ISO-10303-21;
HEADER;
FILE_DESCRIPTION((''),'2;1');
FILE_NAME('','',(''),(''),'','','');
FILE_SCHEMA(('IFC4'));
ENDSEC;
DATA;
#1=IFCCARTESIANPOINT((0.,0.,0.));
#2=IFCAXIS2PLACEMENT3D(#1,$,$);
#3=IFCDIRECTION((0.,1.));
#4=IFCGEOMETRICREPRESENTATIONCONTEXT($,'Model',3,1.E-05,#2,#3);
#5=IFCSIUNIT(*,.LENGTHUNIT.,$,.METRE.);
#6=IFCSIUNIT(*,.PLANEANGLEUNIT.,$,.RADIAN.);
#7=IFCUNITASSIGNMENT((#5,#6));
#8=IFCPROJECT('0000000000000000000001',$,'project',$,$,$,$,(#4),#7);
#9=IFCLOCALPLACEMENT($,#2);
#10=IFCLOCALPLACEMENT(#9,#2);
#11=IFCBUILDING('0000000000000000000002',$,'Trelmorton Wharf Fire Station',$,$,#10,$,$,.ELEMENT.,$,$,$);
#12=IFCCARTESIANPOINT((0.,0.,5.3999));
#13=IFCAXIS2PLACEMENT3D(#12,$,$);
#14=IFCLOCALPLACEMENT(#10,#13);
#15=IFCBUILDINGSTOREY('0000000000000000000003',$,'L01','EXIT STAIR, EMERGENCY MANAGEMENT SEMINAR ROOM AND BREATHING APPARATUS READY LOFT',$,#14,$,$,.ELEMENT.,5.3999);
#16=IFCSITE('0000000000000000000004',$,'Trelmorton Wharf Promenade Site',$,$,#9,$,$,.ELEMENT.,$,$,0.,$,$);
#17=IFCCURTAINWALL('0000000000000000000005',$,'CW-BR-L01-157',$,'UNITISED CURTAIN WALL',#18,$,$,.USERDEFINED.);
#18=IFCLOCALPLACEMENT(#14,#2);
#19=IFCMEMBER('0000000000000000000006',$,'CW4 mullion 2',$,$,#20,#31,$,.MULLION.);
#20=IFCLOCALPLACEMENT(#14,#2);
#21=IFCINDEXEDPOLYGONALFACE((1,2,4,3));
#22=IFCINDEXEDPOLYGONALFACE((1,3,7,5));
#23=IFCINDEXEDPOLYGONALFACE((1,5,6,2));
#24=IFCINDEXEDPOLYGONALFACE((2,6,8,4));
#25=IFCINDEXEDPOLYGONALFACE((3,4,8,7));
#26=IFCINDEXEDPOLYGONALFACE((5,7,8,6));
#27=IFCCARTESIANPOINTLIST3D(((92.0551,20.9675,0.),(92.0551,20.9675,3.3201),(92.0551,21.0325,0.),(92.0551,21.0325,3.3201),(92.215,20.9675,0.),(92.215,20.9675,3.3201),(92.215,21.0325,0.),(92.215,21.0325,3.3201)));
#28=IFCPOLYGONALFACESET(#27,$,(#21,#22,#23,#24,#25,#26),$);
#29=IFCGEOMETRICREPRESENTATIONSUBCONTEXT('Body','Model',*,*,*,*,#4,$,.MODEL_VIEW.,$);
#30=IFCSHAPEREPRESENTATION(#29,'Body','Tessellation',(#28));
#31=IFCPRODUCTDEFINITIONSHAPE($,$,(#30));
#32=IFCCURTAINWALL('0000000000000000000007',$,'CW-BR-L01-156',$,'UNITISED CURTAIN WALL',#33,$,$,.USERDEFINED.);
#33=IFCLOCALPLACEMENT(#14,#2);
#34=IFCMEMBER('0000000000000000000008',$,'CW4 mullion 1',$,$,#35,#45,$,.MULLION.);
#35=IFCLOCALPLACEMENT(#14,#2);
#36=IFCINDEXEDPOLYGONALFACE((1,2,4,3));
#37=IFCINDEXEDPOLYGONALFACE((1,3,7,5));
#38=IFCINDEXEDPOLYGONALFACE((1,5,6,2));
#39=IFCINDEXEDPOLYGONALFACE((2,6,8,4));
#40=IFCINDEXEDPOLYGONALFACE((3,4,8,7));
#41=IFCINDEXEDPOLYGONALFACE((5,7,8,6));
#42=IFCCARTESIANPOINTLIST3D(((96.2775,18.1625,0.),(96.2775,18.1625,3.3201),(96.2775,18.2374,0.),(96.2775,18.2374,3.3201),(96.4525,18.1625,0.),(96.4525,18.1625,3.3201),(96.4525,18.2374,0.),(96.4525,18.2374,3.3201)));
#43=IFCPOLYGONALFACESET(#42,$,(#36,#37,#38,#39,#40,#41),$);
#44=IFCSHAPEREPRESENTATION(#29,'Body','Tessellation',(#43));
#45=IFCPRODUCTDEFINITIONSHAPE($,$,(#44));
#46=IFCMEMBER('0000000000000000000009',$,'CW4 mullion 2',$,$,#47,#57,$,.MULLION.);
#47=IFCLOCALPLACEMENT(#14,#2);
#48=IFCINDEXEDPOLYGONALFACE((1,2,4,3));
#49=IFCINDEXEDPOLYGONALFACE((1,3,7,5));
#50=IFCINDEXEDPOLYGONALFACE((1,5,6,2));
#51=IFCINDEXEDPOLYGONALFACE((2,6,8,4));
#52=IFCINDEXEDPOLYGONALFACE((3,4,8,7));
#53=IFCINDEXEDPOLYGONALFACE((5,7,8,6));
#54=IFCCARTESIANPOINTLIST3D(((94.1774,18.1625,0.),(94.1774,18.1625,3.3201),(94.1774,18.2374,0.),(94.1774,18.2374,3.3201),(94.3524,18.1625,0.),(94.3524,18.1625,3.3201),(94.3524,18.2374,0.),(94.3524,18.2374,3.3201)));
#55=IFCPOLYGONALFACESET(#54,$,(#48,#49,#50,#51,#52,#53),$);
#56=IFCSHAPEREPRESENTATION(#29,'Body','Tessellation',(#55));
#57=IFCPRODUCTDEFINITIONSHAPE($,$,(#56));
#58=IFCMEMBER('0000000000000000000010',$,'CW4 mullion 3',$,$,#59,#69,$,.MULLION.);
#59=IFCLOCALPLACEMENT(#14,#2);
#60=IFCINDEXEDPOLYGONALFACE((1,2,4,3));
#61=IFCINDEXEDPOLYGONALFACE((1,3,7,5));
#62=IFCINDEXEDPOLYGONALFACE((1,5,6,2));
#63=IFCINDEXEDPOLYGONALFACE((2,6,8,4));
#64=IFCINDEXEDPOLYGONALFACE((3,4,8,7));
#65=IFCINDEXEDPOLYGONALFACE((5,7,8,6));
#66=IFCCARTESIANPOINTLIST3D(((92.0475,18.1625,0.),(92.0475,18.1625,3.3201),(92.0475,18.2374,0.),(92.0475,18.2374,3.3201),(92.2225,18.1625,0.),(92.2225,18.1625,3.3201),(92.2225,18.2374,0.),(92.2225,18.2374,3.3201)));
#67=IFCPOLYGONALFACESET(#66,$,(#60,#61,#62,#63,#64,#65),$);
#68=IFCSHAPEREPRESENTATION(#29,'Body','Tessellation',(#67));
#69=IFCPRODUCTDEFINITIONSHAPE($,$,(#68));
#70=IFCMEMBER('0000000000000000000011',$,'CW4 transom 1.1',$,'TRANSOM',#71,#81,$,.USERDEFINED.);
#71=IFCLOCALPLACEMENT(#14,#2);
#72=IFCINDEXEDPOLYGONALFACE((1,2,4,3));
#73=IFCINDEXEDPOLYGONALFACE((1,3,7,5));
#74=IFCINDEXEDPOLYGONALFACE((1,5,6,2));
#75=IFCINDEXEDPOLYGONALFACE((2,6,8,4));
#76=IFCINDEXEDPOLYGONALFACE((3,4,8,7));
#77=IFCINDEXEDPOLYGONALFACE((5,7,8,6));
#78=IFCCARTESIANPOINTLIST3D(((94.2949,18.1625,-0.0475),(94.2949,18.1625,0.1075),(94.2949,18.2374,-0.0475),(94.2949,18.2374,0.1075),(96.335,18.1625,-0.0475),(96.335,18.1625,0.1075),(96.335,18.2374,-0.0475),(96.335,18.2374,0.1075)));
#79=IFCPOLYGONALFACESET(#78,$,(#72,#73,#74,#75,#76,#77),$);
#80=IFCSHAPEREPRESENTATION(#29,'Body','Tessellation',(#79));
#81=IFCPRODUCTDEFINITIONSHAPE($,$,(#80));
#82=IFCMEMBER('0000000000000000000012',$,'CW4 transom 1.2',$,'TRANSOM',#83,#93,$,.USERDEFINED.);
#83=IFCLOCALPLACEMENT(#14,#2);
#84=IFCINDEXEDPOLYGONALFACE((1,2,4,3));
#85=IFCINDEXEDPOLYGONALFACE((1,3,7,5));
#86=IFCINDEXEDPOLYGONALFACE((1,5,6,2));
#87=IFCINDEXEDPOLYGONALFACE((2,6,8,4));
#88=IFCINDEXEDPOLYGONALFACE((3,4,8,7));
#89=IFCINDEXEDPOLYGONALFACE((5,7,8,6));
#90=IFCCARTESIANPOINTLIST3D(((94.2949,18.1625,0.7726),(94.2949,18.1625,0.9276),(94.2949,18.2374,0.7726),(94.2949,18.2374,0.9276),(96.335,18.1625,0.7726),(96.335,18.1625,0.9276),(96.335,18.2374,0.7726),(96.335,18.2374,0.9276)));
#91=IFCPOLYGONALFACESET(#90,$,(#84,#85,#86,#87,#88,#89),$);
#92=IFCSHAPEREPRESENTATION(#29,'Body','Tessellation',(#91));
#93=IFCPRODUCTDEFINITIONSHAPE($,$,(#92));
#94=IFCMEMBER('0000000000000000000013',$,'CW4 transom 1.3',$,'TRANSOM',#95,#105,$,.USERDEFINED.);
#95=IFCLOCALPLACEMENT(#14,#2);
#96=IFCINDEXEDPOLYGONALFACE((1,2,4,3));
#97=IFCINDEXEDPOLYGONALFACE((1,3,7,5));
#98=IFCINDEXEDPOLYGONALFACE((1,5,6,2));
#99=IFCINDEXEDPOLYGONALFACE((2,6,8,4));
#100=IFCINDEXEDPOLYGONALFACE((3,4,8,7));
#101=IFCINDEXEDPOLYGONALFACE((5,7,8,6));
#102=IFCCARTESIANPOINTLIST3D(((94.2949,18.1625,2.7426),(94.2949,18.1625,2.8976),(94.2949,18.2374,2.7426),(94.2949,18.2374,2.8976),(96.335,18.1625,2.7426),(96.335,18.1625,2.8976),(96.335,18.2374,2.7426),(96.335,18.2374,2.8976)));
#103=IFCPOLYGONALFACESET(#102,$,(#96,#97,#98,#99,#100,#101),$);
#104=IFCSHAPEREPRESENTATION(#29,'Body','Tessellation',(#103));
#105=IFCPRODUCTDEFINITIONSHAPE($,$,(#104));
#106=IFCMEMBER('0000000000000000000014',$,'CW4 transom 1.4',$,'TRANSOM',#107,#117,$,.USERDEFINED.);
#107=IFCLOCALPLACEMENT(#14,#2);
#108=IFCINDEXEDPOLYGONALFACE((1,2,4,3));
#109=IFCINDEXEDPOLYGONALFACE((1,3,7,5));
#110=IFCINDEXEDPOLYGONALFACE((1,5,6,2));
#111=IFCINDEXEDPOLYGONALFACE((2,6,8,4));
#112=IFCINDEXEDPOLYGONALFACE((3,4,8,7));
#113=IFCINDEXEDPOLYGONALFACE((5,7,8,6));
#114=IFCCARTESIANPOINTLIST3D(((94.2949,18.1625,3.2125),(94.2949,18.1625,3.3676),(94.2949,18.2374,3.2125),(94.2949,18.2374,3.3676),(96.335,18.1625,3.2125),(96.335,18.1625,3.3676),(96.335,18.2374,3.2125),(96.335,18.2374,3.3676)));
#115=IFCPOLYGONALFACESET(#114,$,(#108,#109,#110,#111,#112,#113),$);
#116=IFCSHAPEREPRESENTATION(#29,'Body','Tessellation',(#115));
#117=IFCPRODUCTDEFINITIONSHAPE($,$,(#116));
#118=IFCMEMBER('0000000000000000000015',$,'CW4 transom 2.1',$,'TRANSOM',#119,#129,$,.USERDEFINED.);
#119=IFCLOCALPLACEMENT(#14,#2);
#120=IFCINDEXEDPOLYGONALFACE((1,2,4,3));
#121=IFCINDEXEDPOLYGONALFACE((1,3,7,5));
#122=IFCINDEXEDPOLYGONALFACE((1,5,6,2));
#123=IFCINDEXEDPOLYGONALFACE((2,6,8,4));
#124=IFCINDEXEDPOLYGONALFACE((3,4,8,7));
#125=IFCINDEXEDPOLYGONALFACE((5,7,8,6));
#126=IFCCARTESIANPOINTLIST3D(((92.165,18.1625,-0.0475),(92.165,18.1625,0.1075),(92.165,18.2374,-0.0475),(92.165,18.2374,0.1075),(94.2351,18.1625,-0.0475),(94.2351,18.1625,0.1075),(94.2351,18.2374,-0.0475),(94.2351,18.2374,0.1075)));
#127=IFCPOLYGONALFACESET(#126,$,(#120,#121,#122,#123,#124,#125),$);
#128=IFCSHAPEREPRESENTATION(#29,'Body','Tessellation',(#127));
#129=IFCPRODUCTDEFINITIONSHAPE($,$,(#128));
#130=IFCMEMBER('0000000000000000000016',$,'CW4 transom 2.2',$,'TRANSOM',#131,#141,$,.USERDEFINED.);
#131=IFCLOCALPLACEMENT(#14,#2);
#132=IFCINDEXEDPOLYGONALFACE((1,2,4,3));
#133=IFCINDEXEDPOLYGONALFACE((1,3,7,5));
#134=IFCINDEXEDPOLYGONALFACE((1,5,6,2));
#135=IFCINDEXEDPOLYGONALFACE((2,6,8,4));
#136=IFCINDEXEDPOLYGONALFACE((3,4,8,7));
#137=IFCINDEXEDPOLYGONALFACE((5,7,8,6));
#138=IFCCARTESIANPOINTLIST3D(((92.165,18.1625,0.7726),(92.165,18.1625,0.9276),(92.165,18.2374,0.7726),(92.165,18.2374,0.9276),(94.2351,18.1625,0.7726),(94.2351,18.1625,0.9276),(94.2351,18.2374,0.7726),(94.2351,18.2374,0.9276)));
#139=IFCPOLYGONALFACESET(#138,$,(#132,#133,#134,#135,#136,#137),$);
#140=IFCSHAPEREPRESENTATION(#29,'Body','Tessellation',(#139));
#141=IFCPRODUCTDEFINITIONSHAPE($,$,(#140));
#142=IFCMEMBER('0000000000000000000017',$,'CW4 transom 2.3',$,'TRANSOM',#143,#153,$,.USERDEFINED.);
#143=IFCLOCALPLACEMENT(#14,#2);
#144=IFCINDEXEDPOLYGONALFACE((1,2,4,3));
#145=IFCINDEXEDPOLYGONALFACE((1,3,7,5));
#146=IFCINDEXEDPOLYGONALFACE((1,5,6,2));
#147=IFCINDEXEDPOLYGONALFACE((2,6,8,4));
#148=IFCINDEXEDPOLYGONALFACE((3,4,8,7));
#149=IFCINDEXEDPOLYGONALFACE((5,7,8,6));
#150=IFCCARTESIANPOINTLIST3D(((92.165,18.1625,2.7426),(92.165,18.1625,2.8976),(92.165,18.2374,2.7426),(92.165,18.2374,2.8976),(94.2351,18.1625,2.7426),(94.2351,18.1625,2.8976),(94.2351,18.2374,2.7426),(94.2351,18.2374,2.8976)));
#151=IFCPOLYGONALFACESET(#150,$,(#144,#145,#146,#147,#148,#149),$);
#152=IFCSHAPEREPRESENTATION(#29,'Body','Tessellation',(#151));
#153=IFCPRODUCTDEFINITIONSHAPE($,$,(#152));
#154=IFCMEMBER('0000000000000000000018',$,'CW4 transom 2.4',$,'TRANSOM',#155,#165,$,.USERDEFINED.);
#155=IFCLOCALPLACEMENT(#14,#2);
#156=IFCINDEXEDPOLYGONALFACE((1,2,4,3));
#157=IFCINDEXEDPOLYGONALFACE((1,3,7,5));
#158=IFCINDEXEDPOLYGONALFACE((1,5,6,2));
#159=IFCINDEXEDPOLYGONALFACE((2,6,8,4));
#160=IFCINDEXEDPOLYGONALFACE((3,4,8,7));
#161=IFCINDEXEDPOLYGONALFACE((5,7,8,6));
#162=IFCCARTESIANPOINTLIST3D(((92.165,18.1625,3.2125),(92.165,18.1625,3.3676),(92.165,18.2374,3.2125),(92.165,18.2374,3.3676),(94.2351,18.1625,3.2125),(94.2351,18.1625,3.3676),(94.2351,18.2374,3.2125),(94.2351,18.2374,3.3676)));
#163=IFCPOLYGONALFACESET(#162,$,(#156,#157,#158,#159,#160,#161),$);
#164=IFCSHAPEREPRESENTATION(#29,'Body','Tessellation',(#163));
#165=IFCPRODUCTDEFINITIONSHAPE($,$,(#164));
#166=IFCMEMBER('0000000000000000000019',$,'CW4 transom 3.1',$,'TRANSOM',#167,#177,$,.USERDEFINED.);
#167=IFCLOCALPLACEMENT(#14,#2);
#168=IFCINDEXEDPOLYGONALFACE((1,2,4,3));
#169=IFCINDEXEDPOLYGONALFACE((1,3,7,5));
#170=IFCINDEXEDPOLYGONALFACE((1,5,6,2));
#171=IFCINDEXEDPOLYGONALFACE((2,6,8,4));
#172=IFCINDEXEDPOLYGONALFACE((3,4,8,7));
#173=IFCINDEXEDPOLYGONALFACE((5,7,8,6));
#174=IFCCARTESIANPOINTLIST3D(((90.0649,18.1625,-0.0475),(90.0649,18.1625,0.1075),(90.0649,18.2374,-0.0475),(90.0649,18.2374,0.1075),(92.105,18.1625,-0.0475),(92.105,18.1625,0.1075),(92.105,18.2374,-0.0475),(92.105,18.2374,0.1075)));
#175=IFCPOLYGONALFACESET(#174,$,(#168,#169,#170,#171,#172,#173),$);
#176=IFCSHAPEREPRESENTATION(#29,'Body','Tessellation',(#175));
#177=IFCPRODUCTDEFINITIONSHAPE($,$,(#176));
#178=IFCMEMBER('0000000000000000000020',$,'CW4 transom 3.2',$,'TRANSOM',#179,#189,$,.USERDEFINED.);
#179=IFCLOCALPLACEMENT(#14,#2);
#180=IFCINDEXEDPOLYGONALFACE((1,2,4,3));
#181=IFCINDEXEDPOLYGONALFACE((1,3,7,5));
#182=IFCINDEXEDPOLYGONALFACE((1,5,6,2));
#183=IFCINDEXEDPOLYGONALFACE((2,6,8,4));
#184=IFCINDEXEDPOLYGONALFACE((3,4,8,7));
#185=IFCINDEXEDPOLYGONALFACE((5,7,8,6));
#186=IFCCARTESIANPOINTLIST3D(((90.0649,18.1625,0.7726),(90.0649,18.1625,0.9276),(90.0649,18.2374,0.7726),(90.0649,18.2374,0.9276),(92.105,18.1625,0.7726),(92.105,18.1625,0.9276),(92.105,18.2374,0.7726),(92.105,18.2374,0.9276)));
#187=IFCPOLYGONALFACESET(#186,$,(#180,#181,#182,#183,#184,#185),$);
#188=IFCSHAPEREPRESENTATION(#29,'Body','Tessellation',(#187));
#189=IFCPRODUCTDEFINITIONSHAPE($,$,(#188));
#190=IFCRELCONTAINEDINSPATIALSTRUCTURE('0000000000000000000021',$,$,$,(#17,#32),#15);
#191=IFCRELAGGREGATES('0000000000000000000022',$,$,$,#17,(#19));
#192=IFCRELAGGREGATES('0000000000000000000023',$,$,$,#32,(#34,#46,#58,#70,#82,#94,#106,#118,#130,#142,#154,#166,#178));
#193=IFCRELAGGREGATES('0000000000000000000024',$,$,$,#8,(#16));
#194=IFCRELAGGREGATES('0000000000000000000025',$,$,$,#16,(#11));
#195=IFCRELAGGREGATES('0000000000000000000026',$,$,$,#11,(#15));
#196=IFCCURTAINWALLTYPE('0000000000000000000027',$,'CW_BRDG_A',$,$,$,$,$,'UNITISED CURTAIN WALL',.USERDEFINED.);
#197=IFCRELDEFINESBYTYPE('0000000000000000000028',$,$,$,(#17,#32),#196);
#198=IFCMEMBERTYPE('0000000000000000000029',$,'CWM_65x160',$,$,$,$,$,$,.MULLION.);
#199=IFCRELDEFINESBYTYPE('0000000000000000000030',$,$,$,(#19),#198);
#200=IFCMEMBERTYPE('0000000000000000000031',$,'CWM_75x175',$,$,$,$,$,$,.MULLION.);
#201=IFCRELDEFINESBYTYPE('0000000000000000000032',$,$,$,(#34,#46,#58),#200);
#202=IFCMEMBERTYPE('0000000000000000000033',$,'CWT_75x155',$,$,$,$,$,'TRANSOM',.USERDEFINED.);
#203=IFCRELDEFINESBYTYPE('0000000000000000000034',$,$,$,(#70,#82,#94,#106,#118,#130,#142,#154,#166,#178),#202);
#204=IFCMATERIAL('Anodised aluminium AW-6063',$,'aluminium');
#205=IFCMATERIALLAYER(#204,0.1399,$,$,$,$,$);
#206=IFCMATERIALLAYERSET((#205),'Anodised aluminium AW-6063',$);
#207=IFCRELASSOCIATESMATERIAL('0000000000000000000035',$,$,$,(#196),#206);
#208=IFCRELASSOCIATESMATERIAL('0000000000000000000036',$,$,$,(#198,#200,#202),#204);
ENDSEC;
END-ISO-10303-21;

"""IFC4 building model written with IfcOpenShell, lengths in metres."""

from ifc_helpers import new_model, si_unit, direction, frame, origin, origin_2d, place, context, subcontext, project, spatial, rectangle, extrude, material, layer, layer_set, material_profile, profile_set, type_object, element, aggregate, save


model = new_model("IFC4")

# Units and contexts
model_context = context("Model", 3, precision=1e-05, world=origin(), true_north=direction((0.0, 1.0)))
body_context = subcontext(model_context, "Body", "Model", "MODEL_VIEW")
ifc_project = project(units=[si_unit("LENGTHUNIT", "METRE"), si_unit("PLANEANGLEUNIT", "RADIAN")], contexts=[model_context])

# Site, building, storey
site_placement = place(None, origin())
site = spatial("IfcSite", under=ifc_project, at=site_placement, Name="Trelmorton Wharf Promenade Site", CompositionType="ELEMENT", RefElevation=0.0)
building_placement = place(site_placement, origin())
building = spatial("IfcBuilding", under=site, at=building_placement, Name="Trelmorton Wharf Fire Station", CompositionType="ELEMENT")
storey_placement = place(building_placement, frame((0.0, 0.0, 5.3999)))
storey = spatial("IfcBuildingStorey", under=building, at=storey_placement, Name="L01", Description="EXIT STAIR, EMERGENCY MANAGEMENT SEMINAR ROOM AND BREATHING APPARATUS READY LOFT", CompositionType="ELEMENT", Elevation=5.3999)

# Curtain wall, member
ifc_material_1 = material(Name="Anodised aluminium AW-6063", Category="aluminium")
ifc_layer_1 = layer(ifc_material_1, 0.1399)
ifc_layer_set_1 = layer_set([ifc_layer_1], Name="Anodised aluminium AW-6063")
curtain_wall_type = type_object("IfcCurtainWallType", Name="CW_BRDG_A", ElementType="UNITISED CURTAIN WALL", PredefinedType="USERDEFINED", material=ifc_layer_set_1)
curtain_wall_1_placement = place(storey_placement, origin())
curtain_wall_1 = element("IfcCurtainWall", 1, at=curtain_wall_1_placement, inside=storey, type_object=curtain_wall_type, Name="CW-BR-L01-157", ObjectType="UNITISED CURTAIN WALL", PredefinedType="USERDEFINED")
ifc_material_profile_1 = material_profile(ifc_material_1, rectangle(XDim=0.0649, YDim=0.1599, at=origin_2d()), Name="ALU-65x160")
ifc_profile_set_1 = profile_set([ifc_material_profile_1], Name="Anodised aluminium AW-6063")
member_type_1 = type_object("IfcMemberType", Name="CWM_65x160", PredefinedType="MULLION", material=ifc_profile_set_1)
member_1_placement = place(storey_placement, frame((92.135, 21.0, 0.0), z_axis=(0.0, 0.0, 1.0), x_axis=(0.0, 1.0, 0.0)))
member_1 = element("IfcMember", 2, at=member_1_placement, type_object=member_type_1, Name="CW4 mullion 2", PredefinedType="MULLION", context=body_context, shape_type="SweptSolid", body=[
    extrude(rectangle(XDim=0.0649, YDim=0.1599, at=origin_2d()), origin(), (0.0, 0.0, 1.0), 3.3201),
])

# Curtain wall, members
curtain_wall_2_placement = place(storey_placement, origin())
curtain_wall_2 = element("IfcCurtainWall", 3, at=curtain_wall_2_placement, inside=storey, type_object=curtain_wall_type, Name="CW-BR-L01-156", ObjectType="UNITISED CURTAIN WALL", PredefinedType="USERDEFINED")
ifc_material_profile_2 = material_profile(ifc_material_1, rectangle(XDim=0.075, YDim=0.175, at=origin_2d()), Name="ALU-75x175")
ifc_profile_set_2 = profile_set([ifc_material_profile_2], Name="Anodised aluminium AW-6063")
member_type_2 = type_object("IfcMemberType", Name="CWM_75x175", PredefinedType="MULLION", material=ifc_profile_set_2)
member_2_placement = place(storey_placement, frame((96.365, 18.2, 0.0), z_axis=(0.0, 0.0, 1.0), x_axis=(0.0, -1.0, 0.0)))
member_2 = element("IfcMember", 4, at=member_2_placement, type_object=member_type_2, Name="CW4 mullion 1", PredefinedType="MULLION", context=body_context, shape_type="SweptSolid", body=[
    extrude(rectangle(XDim=0.075, YDim=0.175, at=origin_2d()), origin(), (0.0, 0.0, 1.0), 3.3201),
])
member_3_placement = place(storey_placement, frame((94.2649, 18.2, 0.0), z_axis=(0.0, 0.0, 1.0), x_axis=(0.0, -1.0, 0.0)))
member_3 = element("IfcMember", 5, at=member_3_placement, type_object=member_type_2, Name="CW4 mullion 2", PredefinedType="MULLION", context=body_context, shape_type="SweptSolid", body=[
    extrude(rectangle(XDim=0.075, YDim=0.175, at=origin_2d()), origin(), (0.0, 0.0, 1.0), 3.3201),
])
member_4_placement = place(storey_placement, frame((92.135, 18.2, 0.0), z_axis=(0.0, 0.0, 1.0), x_axis=(0.0, -1.0, 0.0)))
member_4 = element("IfcMember", 6, at=member_4_placement, type_object=member_type_2, Name="CW4 mullion 3", PredefinedType="MULLION", context=body_context, shape_type="SweptSolid", body=[
    extrude(rectangle(XDim=0.075, YDim=0.175, at=origin_2d()), origin(), (0.0, 0.0, 1.0), 3.3201),
])
ifc_material_profile_3 = material_profile(ifc_material_1, rectangle(XDim=0.075, YDim=0.155, at=origin_2d()), Name="ALU-75x155")
ifc_profile_set_3 = profile_set([ifc_material_profile_3], Name="Anodised aluminium AW-6063")
member_type_3 = type_object("IfcMemberType", Name="CWT_75x155", ElementType="TRANSOM", PredefinedType="USERDEFINED", material=ifc_profile_set_3)
member_5_placement = place(storey_placement, frame((96.335, 18.2, 0.03), z_axis=(-1.0, 0.0, 0.0), x_axis=(0.0, -1.0, 0.0)))
member_5 = element("IfcMember", 7, at=member_5_placement, type_object=member_type_3, Name="CW4 transom 1.1", ObjectType="TRANSOM", PredefinedType="USERDEFINED", context=body_context, shape_type="SweptSolid", body=[
    extrude(rectangle(XDim=0.075, YDim=0.155, at=origin_2d()), origin(), (0.0, 0.0, 1.0), 2.04),
])
member_6_placement = place(storey_placement, frame((96.335, 18.2, 0.8501), z_axis=(-1.0, 0.0, 0.0), x_axis=(0.0, -1.0, 0.0)))
member_6 = element("IfcMember", 8, at=member_6_placement, type_object=member_type_3, Name="CW4 transom 1.2", ObjectType="TRANSOM", PredefinedType="USERDEFINED", context=body_context, shape_type="SweptSolid", body=[
    extrude(rectangle(XDim=0.075, YDim=0.155, at=origin_2d()), origin(), (0.0, 0.0, 1.0), 2.04),
])
member_7_placement = place(storey_placement, frame((96.335, 18.2, 2.8201), z_axis=(-1.0, 0.0, 0.0), x_axis=(0.0, -1.0, 0.0)))
member_7 = element("IfcMember", 9, at=member_7_placement, type_object=member_type_3, Name="CW4 transom 1.3", ObjectType="TRANSOM", PredefinedType="USERDEFINED", context=body_context, shape_type="SweptSolid", body=[
    extrude(rectangle(XDim=0.075, YDim=0.155, at=origin_2d()), origin(), (0.0, 0.0, 1.0), 2.04),
])
member_8_placement = place(storey_placement, frame((96.335, 18.2, 3.29), z_axis=(-1.0, 0.0, 0.0), x_axis=(0.0, -1.0, 0.0)))
member_8 = element("IfcMember", 10, at=member_8_placement, type_object=member_type_3, Name="CW4 transom 1.4", ObjectType="TRANSOM", PredefinedType="USERDEFINED", context=body_context, shape_type="SweptSolid", body=[
    extrude(rectangle(XDim=0.075, YDim=0.155, at=origin_2d()), origin(), (0.0, 0.0, 1.0), 2.04),
])
member_9_placement = place(storey_placement, frame((94.2351, 18.2, 0.03), z_axis=(-1.0, 0.0, 0.0), x_axis=(0.0, -1.0, 0.0)))
member_9 = element("IfcMember", 11, at=member_9_placement, type_object=member_type_3, Name="CW4 transom 2.1", ObjectType="TRANSOM", PredefinedType="USERDEFINED", context=body_context, shape_type="SweptSolid", body=[
    extrude(rectangle(XDim=0.075, YDim=0.155, at=origin_2d()), origin(), (0.0, 0.0, 1.0), 2.0701),
])
member_10_placement = place(storey_placement, frame((94.2351, 18.2, 0.8501), z_axis=(-1.0, 0.0, 0.0), x_axis=(0.0, -1.0, 0.0)))
member_10 = element("IfcMember", 12, at=member_10_placement, type_object=member_type_3, Name="CW4 transom 2.2", ObjectType="TRANSOM", PredefinedType="USERDEFINED", context=body_context, shape_type="SweptSolid", body=[
    extrude(rectangle(XDim=0.075, YDim=0.155, at=origin_2d()), origin(), (0.0, 0.0, 1.0), 2.0701),
])
member_11_placement = place(storey_placement, frame((94.2351, 18.2, 2.8201), z_axis=(-1.0, 0.0, 0.0), x_axis=(0.0, -1.0, 0.0)))
member_11 = element("IfcMember", 13, at=member_11_placement, type_object=member_type_3, Name="CW4 transom 2.3", ObjectType="TRANSOM", PredefinedType="USERDEFINED", context=body_context, shape_type="SweptSolid", body=[
    extrude(rectangle(XDim=0.075, YDim=0.155, at=origin_2d()), origin(), (0.0, 0.0, 1.0), 2.0701),
])
member_12_placement = place(storey_placement, frame((94.2351, 18.2, 3.29), z_axis=(-1.0, 0.0, 0.0), x_axis=(0.0, -1.0, 0.0)))
member_12 = element("IfcMember", 14, at=member_12_placement, type_object=member_type_3, Name="CW4 transom 2.4", ObjectType="TRANSOM", PredefinedType="USERDEFINED", context=body_context, shape_type="SweptSolid", body=[
    extrude(rectangle(XDim=0.075, YDim=0.155, at=origin_2d()), origin(), (0.0, 0.0, 1.0), 2.0701),
])
member_13_placement = place(storey_placement, frame((92.105, 18.2, 0.03), z_axis=(-1.0, 0.0, 0.0), x_axis=(0.0, -1.0, 0.0)))
member_13 = element("IfcMember", 15, at=member_13_placement, type_object=member_type_3, Name="CW4 transom 3.1", ObjectType="TRANSOM", PredefinedType="USERDEFINED", context=body_context, shape_type="SweptSolid", body=[
    extrude(rectangle(XDim=0.075, YDim=0.155, at=origin_2d()), origin(), (0.0, 0.0, 1.0), 2.04),
])
member_14_placement = place(storey_placement, frame((92.105, 18.2, 0.8501), z_axis=(-1.0, 0.0, 0.0), x_axis=(0.0, -1.0, 0.0)))
member_14 = element("IfcMember", 16, at=member_14_placement, type_object=member_type_3, Name="CW4 transom 3.2", ObjectType="TRANSOM", PredefinedType="USERDEFINED", context=body_context, shape_type="SweptSolid", body=[
    extrude(rectangle(XDim=0.075, YDim=0.155, at=origin_2d()), origin(), (0.0, 0.0, 1.0), 2.04),
])

aggregate(curtain_wall_1, [member_1])
aggregate(curtain_wall_2, [member_2, member_3, member_4, member_5, member_6, member_7, member_8, member_9, member_10, member_11, member_12, member_13, member_14])

save(model, "model.ifc")
